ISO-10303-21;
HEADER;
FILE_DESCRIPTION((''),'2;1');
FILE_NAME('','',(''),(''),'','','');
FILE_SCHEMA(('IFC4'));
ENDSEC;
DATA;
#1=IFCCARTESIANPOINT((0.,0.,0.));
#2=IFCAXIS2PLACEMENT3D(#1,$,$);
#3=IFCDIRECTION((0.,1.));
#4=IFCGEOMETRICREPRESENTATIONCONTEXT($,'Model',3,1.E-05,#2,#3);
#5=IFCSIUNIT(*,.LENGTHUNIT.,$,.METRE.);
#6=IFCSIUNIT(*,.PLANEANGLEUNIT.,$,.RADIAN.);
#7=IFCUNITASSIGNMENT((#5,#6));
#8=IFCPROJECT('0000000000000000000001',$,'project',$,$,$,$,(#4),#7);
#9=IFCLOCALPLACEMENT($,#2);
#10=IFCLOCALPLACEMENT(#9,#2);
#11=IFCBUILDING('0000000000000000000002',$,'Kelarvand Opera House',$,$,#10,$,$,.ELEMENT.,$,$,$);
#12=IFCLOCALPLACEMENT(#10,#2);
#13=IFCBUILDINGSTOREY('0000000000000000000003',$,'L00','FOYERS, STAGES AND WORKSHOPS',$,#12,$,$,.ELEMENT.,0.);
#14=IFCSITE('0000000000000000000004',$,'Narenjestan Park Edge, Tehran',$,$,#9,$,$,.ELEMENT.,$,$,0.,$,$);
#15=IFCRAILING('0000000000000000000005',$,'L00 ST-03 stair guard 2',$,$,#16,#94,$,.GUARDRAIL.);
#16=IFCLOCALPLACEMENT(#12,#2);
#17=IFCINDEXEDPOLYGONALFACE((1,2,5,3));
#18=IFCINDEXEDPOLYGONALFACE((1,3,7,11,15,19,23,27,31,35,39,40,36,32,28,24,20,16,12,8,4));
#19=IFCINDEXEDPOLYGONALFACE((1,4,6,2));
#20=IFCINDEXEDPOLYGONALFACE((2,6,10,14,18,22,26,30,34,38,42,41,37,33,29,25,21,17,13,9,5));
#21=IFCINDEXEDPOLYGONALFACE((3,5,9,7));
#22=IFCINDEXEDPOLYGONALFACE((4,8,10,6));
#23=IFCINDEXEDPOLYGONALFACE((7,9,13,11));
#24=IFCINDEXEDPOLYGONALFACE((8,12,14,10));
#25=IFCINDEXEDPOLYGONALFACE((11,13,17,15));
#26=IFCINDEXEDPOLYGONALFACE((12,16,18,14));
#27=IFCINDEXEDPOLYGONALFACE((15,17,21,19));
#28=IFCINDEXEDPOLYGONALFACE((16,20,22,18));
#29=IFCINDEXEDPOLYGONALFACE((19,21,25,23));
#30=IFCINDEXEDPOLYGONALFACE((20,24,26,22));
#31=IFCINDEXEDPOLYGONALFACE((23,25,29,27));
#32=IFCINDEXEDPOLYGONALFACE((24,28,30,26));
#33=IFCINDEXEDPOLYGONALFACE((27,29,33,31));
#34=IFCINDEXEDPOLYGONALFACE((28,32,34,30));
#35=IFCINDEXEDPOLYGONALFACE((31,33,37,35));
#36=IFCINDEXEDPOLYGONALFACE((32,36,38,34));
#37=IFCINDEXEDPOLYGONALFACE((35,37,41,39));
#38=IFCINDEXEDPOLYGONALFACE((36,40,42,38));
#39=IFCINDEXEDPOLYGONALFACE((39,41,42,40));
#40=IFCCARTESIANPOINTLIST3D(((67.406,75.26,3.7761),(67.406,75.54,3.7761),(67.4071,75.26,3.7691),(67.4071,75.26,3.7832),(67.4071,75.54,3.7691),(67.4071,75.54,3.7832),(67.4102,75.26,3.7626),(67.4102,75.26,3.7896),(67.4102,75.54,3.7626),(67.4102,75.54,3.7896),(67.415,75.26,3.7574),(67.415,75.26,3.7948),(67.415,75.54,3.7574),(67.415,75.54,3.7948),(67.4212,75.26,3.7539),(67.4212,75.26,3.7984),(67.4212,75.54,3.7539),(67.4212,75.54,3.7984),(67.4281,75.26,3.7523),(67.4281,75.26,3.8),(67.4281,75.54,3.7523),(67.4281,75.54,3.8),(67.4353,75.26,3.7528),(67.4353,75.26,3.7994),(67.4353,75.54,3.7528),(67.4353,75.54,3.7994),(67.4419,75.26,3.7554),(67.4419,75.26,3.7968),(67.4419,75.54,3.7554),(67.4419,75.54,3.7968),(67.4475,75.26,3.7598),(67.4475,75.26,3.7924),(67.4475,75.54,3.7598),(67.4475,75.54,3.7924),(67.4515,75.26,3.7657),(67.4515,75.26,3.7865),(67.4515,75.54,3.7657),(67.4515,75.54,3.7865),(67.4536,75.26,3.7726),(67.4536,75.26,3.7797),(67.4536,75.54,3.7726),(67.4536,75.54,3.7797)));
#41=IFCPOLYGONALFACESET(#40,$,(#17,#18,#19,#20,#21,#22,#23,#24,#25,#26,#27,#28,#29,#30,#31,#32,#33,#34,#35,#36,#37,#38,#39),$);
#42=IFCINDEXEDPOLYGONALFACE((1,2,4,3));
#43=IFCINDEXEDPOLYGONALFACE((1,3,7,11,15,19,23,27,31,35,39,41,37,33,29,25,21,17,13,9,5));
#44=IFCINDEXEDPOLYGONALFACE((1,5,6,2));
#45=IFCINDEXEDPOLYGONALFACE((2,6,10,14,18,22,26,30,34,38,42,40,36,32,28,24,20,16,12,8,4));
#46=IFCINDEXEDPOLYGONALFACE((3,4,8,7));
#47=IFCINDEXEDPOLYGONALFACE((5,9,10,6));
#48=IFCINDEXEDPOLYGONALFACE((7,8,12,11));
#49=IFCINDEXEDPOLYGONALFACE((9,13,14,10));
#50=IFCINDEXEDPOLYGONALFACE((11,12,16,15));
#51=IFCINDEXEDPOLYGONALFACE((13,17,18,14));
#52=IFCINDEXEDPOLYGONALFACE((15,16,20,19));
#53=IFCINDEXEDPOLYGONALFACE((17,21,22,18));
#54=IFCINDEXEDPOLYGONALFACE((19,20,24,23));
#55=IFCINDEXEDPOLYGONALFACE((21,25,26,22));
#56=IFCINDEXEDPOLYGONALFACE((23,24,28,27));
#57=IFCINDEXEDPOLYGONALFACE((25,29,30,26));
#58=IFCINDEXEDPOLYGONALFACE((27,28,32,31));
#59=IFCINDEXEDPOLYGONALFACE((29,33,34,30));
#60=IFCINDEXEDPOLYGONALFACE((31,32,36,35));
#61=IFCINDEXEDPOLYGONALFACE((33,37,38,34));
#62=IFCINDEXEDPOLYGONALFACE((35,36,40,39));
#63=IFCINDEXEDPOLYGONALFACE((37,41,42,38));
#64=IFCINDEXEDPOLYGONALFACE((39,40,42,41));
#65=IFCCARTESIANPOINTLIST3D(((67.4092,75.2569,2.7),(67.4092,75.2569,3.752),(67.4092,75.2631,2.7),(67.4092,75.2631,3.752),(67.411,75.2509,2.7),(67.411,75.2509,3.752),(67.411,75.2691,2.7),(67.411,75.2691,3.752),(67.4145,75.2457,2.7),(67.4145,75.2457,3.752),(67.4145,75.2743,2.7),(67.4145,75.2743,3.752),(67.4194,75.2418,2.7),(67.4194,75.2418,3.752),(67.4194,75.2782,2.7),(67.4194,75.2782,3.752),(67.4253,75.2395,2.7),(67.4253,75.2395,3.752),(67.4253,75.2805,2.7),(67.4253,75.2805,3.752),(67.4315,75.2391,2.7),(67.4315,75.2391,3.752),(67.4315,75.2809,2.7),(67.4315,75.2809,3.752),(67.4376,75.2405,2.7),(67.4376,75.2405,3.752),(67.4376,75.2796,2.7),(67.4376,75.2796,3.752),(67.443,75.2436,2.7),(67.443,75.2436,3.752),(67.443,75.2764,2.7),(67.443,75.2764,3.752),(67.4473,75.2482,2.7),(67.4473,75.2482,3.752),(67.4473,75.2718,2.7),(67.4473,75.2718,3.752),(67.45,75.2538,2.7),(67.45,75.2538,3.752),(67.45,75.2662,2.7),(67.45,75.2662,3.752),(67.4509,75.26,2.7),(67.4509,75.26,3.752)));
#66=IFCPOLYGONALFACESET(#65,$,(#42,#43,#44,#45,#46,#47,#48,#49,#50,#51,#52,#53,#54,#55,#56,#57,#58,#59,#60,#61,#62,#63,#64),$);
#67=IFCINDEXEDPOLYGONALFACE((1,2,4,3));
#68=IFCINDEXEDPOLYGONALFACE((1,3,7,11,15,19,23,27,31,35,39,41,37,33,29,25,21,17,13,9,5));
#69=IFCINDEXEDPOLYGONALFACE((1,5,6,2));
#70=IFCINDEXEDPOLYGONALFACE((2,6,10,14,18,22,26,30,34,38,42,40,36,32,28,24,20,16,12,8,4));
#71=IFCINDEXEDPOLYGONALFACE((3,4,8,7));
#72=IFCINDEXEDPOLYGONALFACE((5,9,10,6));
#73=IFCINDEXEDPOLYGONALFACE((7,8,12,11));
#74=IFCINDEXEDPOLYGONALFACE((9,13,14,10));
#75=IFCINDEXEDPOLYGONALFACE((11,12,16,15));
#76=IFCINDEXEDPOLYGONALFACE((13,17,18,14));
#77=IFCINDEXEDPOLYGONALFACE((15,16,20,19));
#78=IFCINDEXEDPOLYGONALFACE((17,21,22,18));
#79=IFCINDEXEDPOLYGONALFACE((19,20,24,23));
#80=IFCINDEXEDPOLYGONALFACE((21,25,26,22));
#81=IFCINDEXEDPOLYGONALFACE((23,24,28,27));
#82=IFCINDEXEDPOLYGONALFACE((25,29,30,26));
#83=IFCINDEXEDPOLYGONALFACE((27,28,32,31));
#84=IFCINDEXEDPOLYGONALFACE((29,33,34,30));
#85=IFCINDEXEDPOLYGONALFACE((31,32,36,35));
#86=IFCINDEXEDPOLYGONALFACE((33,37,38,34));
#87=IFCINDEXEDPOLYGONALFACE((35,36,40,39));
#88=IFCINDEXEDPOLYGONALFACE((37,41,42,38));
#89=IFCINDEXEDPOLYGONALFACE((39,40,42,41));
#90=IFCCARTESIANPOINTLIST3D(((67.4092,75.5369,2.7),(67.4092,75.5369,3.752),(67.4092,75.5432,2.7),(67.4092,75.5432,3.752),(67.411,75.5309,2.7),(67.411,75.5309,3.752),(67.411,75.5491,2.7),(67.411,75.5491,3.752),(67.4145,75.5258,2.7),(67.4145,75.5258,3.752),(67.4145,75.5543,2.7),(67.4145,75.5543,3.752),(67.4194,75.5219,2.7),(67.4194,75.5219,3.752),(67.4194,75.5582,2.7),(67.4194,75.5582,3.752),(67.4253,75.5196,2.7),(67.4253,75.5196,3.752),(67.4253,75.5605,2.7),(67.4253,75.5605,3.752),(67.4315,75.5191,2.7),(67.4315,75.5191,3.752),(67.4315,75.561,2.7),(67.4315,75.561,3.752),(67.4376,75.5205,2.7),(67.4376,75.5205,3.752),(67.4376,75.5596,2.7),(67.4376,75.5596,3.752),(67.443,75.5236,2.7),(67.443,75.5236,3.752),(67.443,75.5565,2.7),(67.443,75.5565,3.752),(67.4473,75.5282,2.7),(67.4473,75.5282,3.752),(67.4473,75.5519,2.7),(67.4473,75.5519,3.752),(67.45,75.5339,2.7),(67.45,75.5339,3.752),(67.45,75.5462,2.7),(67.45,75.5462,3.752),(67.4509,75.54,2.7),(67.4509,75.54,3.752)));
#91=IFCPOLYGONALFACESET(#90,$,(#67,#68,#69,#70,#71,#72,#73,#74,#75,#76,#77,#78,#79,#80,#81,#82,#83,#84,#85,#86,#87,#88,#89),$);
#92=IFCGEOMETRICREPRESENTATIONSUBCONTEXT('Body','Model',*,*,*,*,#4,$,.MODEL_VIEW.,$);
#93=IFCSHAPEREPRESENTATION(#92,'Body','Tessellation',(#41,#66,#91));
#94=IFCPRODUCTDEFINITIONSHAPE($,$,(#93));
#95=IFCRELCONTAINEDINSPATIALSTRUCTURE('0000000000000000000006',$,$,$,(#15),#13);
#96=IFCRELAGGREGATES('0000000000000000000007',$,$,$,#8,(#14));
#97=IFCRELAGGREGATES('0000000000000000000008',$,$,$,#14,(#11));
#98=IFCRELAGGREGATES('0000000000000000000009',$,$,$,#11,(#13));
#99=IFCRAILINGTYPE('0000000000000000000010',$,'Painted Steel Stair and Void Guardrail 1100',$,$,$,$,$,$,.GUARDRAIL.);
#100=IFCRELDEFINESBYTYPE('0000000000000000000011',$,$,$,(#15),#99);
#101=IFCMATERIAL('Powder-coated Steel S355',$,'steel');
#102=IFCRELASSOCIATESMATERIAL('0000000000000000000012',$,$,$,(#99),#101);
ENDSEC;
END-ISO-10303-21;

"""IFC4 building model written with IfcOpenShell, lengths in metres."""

from ifc_helpers import new_model, si_unit, direction, frame, origin, origin_2d, place, context, subcontext, project, spatial, circle, extrude, material, type_object, element, save


model = new_model("IFC4")

# Units and contexts
model_context = context("Model", 3, precision=1e-05, world=origin(), true_north=direction((0.0, 1.0)))
body_context = subcontext(model_context, "Body", "Model", "MODEL_VIEW")
ifc_project = project(units=[si_unit("LENGTHUNIT", "METRE"), si_unit("PLANEANGLEUNIT", "RADIAN")], contexts=[model_context])

# Site, building, storey
site_placement = place(None, origin())
site = spatial("IfcSite", under=ifc_project, at=site_placement, Name="Narenjestan Park Edge, Tehran", CompositionType="ELEMENT", RefElevation=0.0)
building_placement = place(site_placement, origin())
building = spatial("IfcBuilding", under=site, at=building_placement, Name="Kelarvand Opera House", CompositionType="ELEMENT")
storey_placement = place(building_placement, origin())
storey = spatial("IfcBuildingStorey", under=building, at=storey_placement, Name="L00", Description="FOYERS, STAGES AND WORKSHOPS", CompositionType="ELEMENT", Elevation=0.0)

# Railing
ifc_material_1 = material(Name="Powder-coated Steel S355", Category="steel")
railing_type_1 = type_object("IfcRailingType", Name="Painted Steel Stair and Void Guardrail 1100", PredefinedType="GUARDRAIL", material=ifc_material_1)
railing_1_placement = place(storey_placement, frame((67.4299, 75.26, 2.7)))
element("IfcRailing", 1, at=railing_1_placement, inside=storey, type_object=railing_type_1, Name="L00 ST-03 stair guard 2", PredefinedType="GUARDRAIL", context=body_context, shape_type="SweptSolid", body=[
    extrude(circle(Radius=0.0239, at=origin_2d()), frame((0.0, 0.0, 1.0762), z_axis=(0.0, 1.0, 0.0), x_axis=(-1.0, 0.0, 0.0)), (0.0, 0.0, 1.0), 0.28),
    extrude(circle(Radius=0.021, at=origin_2d()), origin(), (0.0, 0.0, 1.0), 1.052),
    extrude(circle(Radius=0.021, at=origin_2d()), frame((0.0, 0.28, 0.0)), (0.0, 0.0, 1.0), 1.052),
])

save(model, "model.ifc")
